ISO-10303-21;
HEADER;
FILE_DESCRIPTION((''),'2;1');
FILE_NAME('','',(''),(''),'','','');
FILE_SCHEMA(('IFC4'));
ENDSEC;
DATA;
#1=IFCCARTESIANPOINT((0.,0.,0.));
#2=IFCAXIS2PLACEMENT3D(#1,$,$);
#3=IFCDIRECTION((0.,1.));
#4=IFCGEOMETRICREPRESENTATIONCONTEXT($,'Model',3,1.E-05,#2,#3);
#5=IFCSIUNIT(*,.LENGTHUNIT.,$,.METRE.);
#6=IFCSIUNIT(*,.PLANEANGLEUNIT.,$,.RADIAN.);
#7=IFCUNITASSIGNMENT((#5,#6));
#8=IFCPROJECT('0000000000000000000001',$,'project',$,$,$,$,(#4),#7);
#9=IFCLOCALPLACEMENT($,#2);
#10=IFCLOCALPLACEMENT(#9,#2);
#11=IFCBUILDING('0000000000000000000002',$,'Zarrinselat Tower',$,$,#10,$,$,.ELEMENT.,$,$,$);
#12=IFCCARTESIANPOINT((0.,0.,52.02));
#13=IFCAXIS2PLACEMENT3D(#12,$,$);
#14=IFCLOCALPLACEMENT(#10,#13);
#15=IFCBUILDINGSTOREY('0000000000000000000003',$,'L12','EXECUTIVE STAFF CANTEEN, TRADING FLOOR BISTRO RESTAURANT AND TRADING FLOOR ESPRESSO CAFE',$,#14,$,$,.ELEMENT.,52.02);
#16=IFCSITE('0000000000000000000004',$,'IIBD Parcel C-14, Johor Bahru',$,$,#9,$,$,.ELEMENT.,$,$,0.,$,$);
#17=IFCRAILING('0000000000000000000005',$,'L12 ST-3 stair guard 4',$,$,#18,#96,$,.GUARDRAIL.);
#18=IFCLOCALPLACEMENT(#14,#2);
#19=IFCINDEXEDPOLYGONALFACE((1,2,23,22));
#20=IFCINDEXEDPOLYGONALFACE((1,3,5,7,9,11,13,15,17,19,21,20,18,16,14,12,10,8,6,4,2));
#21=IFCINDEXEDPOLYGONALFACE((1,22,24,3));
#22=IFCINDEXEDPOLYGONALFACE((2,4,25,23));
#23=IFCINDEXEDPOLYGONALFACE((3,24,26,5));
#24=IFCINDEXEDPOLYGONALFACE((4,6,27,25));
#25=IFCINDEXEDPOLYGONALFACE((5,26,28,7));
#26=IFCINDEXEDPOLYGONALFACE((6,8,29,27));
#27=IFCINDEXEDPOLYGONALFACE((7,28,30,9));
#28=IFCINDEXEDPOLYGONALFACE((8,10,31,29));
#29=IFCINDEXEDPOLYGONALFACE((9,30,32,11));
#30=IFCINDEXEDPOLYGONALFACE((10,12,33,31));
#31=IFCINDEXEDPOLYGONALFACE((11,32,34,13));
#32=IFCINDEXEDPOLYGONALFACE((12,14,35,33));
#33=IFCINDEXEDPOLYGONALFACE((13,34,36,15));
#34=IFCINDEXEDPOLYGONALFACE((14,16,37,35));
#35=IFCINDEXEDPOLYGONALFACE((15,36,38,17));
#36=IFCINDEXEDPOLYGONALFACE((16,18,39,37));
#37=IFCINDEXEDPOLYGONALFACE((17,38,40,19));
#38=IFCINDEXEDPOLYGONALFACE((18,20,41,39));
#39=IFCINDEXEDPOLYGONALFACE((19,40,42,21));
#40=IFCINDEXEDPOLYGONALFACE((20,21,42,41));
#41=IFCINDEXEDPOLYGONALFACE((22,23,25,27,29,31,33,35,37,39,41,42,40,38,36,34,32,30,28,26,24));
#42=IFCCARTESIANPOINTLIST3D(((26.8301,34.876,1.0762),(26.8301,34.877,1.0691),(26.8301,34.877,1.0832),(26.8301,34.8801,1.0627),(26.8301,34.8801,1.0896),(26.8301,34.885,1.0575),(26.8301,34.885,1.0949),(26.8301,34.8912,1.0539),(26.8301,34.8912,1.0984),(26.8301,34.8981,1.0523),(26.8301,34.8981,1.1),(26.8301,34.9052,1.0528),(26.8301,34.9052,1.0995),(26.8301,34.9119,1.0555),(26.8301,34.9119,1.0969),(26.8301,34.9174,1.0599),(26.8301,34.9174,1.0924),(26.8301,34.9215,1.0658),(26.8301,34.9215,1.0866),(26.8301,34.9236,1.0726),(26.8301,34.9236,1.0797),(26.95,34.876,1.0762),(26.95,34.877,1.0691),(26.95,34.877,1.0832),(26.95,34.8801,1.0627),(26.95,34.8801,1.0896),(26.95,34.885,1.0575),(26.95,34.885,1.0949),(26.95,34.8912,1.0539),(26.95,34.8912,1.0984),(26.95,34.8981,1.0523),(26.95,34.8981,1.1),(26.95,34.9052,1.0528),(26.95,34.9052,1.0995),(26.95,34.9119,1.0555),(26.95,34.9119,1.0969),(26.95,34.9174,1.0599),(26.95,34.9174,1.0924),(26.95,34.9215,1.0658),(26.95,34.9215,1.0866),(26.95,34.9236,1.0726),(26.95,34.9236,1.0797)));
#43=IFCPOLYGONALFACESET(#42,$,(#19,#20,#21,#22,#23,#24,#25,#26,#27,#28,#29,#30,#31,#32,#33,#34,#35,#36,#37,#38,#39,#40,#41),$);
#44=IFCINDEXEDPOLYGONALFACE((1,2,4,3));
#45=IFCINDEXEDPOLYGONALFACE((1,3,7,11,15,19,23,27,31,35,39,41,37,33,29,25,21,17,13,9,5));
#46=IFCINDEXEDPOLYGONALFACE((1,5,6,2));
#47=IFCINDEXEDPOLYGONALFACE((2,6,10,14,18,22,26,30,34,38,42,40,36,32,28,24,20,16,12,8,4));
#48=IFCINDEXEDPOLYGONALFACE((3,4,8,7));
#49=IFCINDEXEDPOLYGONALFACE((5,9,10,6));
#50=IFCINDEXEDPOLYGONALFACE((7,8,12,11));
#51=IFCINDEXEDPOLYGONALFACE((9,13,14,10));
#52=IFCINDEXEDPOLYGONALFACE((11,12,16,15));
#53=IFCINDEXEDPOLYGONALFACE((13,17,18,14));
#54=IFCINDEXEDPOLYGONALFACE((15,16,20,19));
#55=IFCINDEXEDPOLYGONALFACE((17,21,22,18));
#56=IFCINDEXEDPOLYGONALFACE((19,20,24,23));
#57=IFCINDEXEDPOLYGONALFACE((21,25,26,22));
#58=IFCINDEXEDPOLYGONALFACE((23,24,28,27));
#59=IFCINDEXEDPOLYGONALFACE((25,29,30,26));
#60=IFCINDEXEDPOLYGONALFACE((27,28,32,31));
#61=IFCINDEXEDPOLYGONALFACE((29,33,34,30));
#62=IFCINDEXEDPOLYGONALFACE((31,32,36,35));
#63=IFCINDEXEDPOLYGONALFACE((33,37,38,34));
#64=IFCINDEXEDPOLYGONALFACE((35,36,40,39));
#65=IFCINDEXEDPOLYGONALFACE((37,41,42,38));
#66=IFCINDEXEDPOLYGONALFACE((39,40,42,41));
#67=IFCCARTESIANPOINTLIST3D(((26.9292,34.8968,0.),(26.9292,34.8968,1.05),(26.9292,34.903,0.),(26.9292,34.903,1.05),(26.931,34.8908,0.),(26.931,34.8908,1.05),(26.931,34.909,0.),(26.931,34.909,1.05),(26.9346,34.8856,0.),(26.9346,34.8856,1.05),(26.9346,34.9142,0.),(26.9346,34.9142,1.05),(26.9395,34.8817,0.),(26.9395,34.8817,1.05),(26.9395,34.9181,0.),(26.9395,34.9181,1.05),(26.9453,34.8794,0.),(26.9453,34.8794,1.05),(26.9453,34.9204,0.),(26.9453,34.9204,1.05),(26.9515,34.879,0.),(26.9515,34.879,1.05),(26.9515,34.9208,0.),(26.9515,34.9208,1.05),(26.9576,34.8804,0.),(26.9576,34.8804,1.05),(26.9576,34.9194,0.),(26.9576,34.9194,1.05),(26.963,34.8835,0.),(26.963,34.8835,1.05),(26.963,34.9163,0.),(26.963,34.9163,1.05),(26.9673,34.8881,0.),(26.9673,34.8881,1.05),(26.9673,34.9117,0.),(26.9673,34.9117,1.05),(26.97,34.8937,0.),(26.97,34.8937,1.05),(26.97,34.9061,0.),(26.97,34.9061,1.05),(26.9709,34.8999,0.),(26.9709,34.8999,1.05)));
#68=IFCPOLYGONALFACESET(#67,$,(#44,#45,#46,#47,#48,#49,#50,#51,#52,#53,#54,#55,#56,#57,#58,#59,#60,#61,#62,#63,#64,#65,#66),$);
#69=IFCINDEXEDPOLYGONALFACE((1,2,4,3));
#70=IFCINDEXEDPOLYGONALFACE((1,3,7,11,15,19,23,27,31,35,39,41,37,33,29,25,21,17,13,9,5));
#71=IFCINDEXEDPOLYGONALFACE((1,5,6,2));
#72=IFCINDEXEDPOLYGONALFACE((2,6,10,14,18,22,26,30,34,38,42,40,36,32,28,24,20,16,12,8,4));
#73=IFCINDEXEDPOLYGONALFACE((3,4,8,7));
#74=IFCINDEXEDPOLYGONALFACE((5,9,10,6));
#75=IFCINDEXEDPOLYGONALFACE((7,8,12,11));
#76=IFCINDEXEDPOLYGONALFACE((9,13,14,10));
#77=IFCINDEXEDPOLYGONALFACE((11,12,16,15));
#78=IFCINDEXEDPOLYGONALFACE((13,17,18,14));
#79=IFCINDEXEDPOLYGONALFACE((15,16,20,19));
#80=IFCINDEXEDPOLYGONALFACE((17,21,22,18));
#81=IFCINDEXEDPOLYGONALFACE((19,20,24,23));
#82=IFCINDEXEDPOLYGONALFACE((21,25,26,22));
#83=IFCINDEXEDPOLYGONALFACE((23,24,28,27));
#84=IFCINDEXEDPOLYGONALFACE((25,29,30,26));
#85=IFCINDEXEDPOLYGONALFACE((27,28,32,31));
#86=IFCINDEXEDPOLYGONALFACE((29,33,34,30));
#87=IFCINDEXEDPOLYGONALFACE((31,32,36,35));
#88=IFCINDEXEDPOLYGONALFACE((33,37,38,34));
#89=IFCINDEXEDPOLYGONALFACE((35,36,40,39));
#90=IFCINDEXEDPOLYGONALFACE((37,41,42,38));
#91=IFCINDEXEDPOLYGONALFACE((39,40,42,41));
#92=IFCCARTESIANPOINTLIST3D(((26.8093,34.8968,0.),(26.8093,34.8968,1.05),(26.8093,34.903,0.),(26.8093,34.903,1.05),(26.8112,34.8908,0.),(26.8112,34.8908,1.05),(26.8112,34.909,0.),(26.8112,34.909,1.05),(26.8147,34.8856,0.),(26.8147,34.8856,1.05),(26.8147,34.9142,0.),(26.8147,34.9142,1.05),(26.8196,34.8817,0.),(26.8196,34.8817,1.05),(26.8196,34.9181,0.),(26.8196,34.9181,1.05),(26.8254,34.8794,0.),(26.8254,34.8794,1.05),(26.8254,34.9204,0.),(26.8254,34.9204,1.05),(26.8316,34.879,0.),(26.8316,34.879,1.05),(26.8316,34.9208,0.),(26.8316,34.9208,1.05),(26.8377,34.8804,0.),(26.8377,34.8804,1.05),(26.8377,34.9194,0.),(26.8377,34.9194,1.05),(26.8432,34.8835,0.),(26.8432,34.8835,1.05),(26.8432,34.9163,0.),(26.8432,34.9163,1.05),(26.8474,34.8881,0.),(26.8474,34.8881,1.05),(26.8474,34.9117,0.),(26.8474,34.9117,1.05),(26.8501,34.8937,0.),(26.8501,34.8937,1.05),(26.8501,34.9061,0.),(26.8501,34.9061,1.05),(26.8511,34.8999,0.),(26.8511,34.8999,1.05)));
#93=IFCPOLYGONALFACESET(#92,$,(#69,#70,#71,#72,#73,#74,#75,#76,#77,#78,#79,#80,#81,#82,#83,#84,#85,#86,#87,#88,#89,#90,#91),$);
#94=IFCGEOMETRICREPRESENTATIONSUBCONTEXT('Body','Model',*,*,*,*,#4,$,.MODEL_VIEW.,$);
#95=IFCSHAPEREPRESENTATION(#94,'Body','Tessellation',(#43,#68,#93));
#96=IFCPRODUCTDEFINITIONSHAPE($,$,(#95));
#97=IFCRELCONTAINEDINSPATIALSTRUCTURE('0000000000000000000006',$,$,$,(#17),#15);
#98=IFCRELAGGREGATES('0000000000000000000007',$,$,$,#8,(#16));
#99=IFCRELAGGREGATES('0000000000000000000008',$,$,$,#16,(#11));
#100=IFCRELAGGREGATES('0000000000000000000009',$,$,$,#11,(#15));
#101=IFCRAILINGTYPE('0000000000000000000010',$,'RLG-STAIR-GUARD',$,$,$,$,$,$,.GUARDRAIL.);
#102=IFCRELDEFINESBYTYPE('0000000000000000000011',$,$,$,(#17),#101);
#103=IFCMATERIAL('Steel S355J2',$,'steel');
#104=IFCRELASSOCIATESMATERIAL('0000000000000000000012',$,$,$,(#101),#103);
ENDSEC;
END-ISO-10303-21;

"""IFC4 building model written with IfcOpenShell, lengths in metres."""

from ifc_helpers import new_model, si_unit, direction, frame, origin, origin_2d, place, context, subcontext, project, spatial, circle, extrude, material, type_object, element, save


model = new_model("IFC4")

# Units and contexts
model_context = context("Model", 3, precision=1e-05, world=origin(), true_north=direction((0.0, 1.0)))
body_context = subcontext(model_context, "Body", "Model", "MODEL_VIEW")
ifc_project = project(units=[si_unit("LENGTHUNIT", "METRE"), si_unit("PLANEANGLEUNIT", "RADIAN")], contexts=[model_context])

# Site, building, storey
site_placement = place(None, origin())
site = spatial("IfcSite", under=ifc_project, at=site_placement, Name="IIBD Parcel C-14, Johor Bahru", CompositionType="ELEMENT", RefElevation=0.0)
building_placement = place(site_placement, origin())
building = spatial("IfcBuilding", under=site, at=building_placement, Name="Zarrinselat Tower", CompositionType="ELEMENT")
storey_placement = place(building_placement, frame((0.0, 0.0, 52.02)))
storey = spatial("IfcBuildingStorey", under=building, at=storey_placement, Name="L12", Description="EXECUTIVE STAFF CANTEEN, TRADING FLOOR BISTRO RESTAURANT AND TRADING FLOOR ESPRESSO CAFE", CompositionType="ELEMENT", Elevation=52.02)

# Railing
ifc_material_1 = material(Name="Steel S355J2", Category="steel")
railing_type_1 = type_object("IfcRailingType", Name="RLG-STAIR-GUARD", PredefinedType="GUARDRAIL", material=ifc_material_1)
railing_1_placement = place(storey_placement, frame((26.95, 34.8999, 0.0)))
element("IfcRailing", 1, at=railing_1_placement, inside=storey, type_object=railing_type_1, Name="L12 ST-3 stair guard 4", PredefinedType="GUARDRAIL", context=body_context, shape_type="SweptSolid", body=[
    extrude(circle(Radius=0.0239, at=origin_2d()), frame((0.0, 0.0, 1.0762), z_axis=(-1.0, 0.0, 0.0), x_axis=(0.0, -1.0, 0.0)), (0.0, 0.0, 1.0), 0.1199),
    extrude(circle(Radius=0.021, at=origin_2d()), origin(), (0.0, 0.0, 1.0), 1.05),
    extrude(circle(Radius=0.021, at=origin_2d()), frame((-0.1199, 0.0, 0.0)), (0.0, 0.0, 1.0), 1.05),
])

save(model, "model.ifc")
